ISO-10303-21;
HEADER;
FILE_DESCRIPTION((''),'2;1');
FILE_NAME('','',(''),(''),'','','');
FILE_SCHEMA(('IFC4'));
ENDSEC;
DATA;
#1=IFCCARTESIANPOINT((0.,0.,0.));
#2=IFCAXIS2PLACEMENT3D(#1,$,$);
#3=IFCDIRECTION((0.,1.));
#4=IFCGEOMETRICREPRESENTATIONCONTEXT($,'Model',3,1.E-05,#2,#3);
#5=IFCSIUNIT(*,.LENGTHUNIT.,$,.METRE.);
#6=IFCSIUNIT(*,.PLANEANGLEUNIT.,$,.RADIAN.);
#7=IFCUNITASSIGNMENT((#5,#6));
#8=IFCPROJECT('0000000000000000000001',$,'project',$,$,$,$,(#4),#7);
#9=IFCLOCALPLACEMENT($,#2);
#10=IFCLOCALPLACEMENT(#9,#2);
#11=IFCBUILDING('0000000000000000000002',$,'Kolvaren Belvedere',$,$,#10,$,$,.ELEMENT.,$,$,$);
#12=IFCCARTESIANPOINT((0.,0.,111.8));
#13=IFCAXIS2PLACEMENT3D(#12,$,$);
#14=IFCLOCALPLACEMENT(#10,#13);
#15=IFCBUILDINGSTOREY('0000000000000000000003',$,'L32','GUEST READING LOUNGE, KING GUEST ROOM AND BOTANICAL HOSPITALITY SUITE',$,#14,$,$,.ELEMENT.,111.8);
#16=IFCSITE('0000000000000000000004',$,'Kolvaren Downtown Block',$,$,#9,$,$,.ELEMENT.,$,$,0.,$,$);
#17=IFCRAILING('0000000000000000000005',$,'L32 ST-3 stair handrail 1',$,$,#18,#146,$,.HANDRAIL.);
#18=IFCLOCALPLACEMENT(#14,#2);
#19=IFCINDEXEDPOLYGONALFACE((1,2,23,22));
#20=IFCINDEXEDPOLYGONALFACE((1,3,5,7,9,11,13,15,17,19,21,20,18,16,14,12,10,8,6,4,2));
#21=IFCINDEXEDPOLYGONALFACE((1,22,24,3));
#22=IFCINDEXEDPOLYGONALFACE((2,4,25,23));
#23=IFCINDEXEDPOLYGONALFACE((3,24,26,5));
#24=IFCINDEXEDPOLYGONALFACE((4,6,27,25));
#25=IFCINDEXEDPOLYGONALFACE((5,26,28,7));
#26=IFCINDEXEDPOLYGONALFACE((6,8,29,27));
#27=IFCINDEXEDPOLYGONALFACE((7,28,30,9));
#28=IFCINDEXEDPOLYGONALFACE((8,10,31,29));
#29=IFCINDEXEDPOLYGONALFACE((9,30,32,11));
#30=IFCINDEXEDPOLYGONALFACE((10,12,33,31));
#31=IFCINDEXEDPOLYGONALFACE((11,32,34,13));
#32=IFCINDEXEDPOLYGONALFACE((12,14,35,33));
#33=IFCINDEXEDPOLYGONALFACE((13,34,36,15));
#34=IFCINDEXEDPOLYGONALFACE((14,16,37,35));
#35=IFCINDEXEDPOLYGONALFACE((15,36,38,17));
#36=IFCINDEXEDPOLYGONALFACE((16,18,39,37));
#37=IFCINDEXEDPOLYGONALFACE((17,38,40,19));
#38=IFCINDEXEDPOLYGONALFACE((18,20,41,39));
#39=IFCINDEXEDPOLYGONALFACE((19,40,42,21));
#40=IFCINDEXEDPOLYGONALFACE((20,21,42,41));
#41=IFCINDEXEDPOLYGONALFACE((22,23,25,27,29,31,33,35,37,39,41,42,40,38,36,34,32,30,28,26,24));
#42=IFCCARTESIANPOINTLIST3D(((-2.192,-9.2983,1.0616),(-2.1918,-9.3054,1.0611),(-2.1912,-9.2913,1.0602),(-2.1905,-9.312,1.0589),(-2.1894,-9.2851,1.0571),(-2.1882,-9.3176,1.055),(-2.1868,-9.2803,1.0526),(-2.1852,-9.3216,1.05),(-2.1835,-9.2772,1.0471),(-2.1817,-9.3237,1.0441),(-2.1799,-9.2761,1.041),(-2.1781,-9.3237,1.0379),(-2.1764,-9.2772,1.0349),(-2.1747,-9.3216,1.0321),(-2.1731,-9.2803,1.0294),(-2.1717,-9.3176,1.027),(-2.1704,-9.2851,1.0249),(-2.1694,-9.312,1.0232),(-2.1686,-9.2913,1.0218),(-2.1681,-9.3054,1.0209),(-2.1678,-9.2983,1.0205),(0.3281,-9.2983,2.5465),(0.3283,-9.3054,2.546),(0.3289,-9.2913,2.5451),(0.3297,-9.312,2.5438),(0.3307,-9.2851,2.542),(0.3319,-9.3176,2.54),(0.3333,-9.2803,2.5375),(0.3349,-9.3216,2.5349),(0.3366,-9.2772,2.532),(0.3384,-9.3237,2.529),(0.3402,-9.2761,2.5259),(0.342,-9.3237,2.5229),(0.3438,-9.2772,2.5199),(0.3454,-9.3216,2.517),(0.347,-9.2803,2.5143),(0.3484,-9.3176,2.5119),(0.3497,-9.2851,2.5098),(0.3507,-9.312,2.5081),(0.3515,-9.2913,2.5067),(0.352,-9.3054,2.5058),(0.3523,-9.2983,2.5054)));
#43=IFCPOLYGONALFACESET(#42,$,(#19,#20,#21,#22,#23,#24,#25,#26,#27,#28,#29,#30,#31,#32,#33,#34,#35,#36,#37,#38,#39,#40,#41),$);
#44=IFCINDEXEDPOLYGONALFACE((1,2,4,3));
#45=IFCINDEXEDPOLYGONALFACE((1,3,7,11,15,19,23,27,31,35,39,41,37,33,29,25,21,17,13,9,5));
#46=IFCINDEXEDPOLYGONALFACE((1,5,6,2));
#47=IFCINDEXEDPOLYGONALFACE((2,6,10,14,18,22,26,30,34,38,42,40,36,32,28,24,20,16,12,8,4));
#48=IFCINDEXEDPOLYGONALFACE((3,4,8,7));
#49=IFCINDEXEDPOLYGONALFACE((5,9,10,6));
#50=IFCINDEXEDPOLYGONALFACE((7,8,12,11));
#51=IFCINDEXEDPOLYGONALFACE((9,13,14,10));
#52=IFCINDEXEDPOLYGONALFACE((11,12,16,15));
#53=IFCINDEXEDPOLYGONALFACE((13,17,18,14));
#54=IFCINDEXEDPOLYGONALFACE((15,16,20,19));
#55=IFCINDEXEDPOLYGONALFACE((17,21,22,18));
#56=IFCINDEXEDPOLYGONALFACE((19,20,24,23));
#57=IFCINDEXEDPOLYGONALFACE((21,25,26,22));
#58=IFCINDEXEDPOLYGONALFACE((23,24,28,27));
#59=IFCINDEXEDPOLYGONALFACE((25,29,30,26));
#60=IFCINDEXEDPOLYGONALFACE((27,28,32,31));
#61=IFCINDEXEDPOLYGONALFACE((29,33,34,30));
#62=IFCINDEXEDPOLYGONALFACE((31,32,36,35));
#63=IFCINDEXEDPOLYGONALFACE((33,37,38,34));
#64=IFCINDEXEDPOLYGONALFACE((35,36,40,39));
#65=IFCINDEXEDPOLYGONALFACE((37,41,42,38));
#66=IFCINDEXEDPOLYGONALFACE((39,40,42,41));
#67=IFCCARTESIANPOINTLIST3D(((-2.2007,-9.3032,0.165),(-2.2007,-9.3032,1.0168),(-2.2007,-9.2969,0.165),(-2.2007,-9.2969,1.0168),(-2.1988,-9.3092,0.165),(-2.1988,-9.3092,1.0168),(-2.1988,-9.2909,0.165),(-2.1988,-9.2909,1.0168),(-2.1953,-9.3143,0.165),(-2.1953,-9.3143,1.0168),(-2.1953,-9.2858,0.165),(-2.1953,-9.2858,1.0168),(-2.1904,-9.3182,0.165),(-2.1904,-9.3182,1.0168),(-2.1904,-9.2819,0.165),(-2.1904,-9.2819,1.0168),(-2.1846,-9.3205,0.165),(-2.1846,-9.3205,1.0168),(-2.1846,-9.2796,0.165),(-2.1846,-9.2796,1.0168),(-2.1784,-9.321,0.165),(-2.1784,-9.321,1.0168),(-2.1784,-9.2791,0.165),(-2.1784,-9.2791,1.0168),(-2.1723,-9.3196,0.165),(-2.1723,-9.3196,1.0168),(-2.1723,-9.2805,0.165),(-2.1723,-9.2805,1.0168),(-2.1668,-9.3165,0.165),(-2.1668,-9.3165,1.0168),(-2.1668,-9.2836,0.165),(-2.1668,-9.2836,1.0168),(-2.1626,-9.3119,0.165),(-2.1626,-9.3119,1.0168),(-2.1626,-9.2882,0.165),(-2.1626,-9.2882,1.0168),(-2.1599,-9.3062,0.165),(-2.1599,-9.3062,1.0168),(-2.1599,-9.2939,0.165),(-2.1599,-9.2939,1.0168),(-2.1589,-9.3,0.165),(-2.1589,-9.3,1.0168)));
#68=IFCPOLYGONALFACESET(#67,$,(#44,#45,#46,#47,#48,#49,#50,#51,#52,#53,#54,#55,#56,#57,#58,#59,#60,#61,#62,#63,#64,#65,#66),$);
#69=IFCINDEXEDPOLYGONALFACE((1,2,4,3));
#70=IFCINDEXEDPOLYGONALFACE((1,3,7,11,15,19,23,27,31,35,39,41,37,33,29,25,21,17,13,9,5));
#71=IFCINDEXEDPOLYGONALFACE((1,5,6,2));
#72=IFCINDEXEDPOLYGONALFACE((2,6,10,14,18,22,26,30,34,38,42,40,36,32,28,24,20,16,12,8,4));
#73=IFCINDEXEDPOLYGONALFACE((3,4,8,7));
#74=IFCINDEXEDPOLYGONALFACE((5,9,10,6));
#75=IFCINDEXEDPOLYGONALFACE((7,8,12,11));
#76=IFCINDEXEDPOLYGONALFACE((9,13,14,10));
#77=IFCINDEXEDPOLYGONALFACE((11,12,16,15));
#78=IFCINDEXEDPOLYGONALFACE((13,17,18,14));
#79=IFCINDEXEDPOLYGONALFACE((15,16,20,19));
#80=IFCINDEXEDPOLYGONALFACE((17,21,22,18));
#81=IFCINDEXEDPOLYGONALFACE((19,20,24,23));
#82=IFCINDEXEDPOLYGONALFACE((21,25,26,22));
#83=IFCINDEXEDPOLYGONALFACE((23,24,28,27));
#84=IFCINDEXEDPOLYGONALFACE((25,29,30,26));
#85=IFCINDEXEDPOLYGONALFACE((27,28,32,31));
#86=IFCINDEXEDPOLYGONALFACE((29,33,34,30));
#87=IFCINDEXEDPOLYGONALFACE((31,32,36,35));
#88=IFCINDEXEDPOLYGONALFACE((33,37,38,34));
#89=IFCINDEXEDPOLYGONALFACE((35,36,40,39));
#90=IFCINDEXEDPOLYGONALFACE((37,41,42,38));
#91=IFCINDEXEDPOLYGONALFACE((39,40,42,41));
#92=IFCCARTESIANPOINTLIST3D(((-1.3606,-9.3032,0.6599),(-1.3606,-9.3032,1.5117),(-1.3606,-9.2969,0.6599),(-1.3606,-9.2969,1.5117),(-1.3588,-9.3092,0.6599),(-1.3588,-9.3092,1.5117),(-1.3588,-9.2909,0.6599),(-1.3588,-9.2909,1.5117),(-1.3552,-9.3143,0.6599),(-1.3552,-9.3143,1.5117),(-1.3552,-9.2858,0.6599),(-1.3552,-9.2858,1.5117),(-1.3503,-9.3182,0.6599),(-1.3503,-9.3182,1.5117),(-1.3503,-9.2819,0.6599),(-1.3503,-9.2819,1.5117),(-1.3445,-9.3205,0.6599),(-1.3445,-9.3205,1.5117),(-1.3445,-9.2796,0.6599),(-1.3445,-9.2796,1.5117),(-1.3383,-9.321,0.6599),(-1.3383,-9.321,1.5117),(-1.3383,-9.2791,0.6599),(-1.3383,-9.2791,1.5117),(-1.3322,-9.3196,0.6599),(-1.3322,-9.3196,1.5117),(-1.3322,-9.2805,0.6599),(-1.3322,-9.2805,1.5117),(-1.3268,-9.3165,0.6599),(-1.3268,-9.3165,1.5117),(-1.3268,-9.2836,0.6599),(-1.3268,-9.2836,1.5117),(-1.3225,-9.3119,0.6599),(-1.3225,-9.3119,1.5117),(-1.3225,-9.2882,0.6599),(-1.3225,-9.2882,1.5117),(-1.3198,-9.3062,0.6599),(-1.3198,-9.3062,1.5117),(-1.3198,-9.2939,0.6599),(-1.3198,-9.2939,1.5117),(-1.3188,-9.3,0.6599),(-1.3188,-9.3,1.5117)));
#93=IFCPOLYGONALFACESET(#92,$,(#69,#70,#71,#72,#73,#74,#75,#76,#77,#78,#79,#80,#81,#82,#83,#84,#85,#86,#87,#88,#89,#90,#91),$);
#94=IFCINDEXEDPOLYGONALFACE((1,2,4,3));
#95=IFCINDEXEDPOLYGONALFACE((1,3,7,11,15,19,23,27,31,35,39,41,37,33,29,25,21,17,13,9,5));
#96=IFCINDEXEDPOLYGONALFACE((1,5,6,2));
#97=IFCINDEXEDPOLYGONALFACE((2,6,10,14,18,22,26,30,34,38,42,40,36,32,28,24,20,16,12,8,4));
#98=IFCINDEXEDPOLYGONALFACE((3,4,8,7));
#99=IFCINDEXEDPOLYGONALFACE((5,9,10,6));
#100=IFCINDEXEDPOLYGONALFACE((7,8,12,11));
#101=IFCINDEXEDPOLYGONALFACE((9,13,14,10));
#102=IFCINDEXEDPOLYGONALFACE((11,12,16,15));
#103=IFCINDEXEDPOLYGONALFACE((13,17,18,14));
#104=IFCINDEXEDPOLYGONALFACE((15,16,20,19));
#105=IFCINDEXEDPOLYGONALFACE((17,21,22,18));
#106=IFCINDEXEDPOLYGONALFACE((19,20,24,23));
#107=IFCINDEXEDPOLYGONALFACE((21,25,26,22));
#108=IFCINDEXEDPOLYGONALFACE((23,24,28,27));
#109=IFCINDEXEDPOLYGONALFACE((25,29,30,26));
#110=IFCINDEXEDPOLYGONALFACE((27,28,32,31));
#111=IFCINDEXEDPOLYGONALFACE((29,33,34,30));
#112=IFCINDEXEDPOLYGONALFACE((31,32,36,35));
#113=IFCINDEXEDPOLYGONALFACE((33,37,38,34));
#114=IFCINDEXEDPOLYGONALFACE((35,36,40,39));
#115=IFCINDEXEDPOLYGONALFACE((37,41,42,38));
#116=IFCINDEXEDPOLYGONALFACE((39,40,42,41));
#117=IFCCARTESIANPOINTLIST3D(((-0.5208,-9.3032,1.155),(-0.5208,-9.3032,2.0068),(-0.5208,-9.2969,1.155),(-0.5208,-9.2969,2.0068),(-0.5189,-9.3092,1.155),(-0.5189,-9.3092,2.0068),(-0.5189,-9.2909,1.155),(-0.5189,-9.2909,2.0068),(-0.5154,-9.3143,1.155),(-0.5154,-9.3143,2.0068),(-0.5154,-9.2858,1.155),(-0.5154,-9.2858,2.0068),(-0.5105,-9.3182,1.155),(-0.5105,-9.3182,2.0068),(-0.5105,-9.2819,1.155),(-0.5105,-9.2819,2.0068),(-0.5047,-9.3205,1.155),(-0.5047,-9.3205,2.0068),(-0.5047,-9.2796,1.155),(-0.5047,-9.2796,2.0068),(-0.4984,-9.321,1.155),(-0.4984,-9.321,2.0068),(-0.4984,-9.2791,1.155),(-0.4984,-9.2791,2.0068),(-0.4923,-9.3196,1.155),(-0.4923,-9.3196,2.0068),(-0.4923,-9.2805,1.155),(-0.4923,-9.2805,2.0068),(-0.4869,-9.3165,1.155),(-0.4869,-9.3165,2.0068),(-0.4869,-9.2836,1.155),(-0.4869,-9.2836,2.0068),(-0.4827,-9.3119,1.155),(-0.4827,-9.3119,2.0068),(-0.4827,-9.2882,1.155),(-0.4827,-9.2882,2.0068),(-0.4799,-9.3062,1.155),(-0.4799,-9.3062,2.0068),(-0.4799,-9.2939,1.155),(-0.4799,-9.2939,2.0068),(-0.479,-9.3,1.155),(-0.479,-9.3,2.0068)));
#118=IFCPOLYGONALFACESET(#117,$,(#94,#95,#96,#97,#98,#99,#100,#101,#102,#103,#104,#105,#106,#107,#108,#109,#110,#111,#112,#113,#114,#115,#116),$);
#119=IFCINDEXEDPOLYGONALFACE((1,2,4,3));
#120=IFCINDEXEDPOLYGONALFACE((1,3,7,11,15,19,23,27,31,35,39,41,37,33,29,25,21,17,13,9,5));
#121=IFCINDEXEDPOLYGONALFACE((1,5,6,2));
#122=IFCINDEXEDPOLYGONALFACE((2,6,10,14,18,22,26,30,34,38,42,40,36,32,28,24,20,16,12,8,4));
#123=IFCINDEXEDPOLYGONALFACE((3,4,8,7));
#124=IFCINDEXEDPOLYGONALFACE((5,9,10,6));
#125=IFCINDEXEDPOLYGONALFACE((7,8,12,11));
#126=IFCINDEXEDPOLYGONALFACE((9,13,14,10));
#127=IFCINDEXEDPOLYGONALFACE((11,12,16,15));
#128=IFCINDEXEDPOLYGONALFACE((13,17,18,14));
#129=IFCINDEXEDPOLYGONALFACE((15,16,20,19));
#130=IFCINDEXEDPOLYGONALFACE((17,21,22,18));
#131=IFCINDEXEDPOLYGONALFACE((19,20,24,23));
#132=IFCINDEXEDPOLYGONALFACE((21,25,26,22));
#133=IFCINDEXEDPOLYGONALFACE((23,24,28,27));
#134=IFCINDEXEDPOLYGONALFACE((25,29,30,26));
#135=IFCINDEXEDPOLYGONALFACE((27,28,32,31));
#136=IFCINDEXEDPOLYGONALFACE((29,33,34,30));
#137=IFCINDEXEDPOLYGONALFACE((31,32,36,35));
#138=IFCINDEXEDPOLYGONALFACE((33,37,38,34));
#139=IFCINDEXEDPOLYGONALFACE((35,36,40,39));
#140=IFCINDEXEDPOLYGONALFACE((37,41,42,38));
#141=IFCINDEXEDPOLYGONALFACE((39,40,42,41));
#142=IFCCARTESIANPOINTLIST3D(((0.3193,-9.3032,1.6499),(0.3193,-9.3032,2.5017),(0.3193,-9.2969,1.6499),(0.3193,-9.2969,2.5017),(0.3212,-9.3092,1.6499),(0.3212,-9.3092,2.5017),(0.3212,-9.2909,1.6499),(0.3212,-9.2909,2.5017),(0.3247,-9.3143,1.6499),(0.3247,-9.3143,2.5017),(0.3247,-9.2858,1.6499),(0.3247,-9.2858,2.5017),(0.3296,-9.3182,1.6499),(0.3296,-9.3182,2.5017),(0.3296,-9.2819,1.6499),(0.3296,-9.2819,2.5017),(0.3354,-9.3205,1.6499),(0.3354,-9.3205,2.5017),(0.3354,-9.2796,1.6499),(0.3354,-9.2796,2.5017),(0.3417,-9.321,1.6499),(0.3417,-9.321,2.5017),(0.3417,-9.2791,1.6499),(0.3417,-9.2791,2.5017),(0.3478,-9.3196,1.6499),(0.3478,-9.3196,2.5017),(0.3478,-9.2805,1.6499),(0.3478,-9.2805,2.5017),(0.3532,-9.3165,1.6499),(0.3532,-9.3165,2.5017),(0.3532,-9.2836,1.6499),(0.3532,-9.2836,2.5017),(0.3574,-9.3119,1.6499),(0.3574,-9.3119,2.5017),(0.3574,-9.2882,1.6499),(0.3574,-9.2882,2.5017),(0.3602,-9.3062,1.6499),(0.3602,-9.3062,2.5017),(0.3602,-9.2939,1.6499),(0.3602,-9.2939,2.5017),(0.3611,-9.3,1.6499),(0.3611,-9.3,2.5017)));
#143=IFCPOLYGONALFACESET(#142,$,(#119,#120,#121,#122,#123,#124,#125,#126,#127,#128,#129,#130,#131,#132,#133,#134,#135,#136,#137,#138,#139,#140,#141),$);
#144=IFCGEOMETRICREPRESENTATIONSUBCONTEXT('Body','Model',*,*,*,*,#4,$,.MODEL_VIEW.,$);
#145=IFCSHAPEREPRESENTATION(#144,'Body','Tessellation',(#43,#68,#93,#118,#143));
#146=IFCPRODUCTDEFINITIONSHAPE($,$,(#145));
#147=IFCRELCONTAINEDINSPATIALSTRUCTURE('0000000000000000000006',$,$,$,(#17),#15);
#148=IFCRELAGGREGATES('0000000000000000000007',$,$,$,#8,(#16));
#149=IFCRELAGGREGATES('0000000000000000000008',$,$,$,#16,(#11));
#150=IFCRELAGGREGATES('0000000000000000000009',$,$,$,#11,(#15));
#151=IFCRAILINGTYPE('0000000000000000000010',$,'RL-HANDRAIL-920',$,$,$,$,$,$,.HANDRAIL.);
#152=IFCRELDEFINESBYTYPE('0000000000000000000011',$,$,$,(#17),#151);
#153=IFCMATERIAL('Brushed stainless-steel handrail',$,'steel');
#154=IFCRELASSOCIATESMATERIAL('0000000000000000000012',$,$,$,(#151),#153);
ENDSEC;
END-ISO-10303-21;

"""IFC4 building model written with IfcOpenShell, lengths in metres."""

from ifc_helpers import new_model, si_unit, direction, frame, origin, origin_2d, place, context, subcontext, project, spatial, circle, extrude, material, type_object, element, save


model = new_model("IFC4")

# Units and contexts
model_context = context("Model", 3, precision=1e-05, world=origin(), true_north=direction((0.0, 1.0)))
body_context = subcontext(model_context, "Body", "Model", "MODEL_VIEW")
ifc_project = project(units=[si_unit("LENGTHUNIT", "METRE"), si_unit("PLANEANGLEUNIT", "RADIAN")], contexts=[model_context])

# Site, building, storey
site_placement = place(None, origin())
site = spatial("IfcSite", under=ifc_project, at=site_placement, Name="Kolvaren Downtown Block", CompositionType="ELEMENT", RefElevation=0.0)
building_placement = place(site_placement, origin())
building = spatial("IfcBuilding", under=site, at=building_placement, Name="Kolvaren Belvedere", CompositionType="ELEMENT")
storey_placement = place(building_placement, frame((0.0, 0.0, 111.8)))
storey = spatial("IfcBuildingStorey", under=building, at=storey_placement, Name="L32", Description="GUEST READING LOUNGE, KING GUEST ROOM AND BOTANICAL HOSPITALITY SUITE", CompositionType="ELEMENT", Elevation=111.8)

# Railing
ifc_material_1 = material(Name="Brushed stainless-steel handrail", Category="steel")
railing_type_1 = type_object("IfcRailingType", Name="RL-HANDRAIL-920", PredefinedType="HANDRAIL", material=ifc_material_1)
railing_1_placement = place(storey_placement, frame((-2.1799, -9.3, 0.165)))
element("IfcRailing", 1, at=railing_1_placement, inside=storey, type_object=railing_type_1, Name="L32 ST-3 stair handrail 1", PredefinedType="HANDRAIL", context=body_context, shape_type="SweptSolid", body=[
    extrude(circle(Radius=0.0239, at=origin_2d()), frame((0.0, 0.0, 0.876), z_axis=(0.861561, 0.0, 0.507655), x_axis=(0.0, 1.0, 0.0)), (0.0, 0.0, 1.0), 2.925),
    extrude(circle(Radius=0.021, at=origin_2d()), origin(), (0.0, 0.0, 1.0), 0.8518),
    extrude(circle(Radius=0.021, at=origin_2d()), frame((0.8401, 0.0, 0.4949)), (0.0, 0.0, 1.0), 0.8518),
    extrude(circle(Radius=0.021, at=origin_2d()), frame((1.6799, 0.0, 0.99)), (0.0, 0.0, 1.0), 0.8518),
    extrude(circle(Radius=0.021, at=origin_2d()), frame((2.52, 0.0, 1.4849)), (0.0, 0.0, 1.0), 0.8518),
])

save(model, "model.ifc")
